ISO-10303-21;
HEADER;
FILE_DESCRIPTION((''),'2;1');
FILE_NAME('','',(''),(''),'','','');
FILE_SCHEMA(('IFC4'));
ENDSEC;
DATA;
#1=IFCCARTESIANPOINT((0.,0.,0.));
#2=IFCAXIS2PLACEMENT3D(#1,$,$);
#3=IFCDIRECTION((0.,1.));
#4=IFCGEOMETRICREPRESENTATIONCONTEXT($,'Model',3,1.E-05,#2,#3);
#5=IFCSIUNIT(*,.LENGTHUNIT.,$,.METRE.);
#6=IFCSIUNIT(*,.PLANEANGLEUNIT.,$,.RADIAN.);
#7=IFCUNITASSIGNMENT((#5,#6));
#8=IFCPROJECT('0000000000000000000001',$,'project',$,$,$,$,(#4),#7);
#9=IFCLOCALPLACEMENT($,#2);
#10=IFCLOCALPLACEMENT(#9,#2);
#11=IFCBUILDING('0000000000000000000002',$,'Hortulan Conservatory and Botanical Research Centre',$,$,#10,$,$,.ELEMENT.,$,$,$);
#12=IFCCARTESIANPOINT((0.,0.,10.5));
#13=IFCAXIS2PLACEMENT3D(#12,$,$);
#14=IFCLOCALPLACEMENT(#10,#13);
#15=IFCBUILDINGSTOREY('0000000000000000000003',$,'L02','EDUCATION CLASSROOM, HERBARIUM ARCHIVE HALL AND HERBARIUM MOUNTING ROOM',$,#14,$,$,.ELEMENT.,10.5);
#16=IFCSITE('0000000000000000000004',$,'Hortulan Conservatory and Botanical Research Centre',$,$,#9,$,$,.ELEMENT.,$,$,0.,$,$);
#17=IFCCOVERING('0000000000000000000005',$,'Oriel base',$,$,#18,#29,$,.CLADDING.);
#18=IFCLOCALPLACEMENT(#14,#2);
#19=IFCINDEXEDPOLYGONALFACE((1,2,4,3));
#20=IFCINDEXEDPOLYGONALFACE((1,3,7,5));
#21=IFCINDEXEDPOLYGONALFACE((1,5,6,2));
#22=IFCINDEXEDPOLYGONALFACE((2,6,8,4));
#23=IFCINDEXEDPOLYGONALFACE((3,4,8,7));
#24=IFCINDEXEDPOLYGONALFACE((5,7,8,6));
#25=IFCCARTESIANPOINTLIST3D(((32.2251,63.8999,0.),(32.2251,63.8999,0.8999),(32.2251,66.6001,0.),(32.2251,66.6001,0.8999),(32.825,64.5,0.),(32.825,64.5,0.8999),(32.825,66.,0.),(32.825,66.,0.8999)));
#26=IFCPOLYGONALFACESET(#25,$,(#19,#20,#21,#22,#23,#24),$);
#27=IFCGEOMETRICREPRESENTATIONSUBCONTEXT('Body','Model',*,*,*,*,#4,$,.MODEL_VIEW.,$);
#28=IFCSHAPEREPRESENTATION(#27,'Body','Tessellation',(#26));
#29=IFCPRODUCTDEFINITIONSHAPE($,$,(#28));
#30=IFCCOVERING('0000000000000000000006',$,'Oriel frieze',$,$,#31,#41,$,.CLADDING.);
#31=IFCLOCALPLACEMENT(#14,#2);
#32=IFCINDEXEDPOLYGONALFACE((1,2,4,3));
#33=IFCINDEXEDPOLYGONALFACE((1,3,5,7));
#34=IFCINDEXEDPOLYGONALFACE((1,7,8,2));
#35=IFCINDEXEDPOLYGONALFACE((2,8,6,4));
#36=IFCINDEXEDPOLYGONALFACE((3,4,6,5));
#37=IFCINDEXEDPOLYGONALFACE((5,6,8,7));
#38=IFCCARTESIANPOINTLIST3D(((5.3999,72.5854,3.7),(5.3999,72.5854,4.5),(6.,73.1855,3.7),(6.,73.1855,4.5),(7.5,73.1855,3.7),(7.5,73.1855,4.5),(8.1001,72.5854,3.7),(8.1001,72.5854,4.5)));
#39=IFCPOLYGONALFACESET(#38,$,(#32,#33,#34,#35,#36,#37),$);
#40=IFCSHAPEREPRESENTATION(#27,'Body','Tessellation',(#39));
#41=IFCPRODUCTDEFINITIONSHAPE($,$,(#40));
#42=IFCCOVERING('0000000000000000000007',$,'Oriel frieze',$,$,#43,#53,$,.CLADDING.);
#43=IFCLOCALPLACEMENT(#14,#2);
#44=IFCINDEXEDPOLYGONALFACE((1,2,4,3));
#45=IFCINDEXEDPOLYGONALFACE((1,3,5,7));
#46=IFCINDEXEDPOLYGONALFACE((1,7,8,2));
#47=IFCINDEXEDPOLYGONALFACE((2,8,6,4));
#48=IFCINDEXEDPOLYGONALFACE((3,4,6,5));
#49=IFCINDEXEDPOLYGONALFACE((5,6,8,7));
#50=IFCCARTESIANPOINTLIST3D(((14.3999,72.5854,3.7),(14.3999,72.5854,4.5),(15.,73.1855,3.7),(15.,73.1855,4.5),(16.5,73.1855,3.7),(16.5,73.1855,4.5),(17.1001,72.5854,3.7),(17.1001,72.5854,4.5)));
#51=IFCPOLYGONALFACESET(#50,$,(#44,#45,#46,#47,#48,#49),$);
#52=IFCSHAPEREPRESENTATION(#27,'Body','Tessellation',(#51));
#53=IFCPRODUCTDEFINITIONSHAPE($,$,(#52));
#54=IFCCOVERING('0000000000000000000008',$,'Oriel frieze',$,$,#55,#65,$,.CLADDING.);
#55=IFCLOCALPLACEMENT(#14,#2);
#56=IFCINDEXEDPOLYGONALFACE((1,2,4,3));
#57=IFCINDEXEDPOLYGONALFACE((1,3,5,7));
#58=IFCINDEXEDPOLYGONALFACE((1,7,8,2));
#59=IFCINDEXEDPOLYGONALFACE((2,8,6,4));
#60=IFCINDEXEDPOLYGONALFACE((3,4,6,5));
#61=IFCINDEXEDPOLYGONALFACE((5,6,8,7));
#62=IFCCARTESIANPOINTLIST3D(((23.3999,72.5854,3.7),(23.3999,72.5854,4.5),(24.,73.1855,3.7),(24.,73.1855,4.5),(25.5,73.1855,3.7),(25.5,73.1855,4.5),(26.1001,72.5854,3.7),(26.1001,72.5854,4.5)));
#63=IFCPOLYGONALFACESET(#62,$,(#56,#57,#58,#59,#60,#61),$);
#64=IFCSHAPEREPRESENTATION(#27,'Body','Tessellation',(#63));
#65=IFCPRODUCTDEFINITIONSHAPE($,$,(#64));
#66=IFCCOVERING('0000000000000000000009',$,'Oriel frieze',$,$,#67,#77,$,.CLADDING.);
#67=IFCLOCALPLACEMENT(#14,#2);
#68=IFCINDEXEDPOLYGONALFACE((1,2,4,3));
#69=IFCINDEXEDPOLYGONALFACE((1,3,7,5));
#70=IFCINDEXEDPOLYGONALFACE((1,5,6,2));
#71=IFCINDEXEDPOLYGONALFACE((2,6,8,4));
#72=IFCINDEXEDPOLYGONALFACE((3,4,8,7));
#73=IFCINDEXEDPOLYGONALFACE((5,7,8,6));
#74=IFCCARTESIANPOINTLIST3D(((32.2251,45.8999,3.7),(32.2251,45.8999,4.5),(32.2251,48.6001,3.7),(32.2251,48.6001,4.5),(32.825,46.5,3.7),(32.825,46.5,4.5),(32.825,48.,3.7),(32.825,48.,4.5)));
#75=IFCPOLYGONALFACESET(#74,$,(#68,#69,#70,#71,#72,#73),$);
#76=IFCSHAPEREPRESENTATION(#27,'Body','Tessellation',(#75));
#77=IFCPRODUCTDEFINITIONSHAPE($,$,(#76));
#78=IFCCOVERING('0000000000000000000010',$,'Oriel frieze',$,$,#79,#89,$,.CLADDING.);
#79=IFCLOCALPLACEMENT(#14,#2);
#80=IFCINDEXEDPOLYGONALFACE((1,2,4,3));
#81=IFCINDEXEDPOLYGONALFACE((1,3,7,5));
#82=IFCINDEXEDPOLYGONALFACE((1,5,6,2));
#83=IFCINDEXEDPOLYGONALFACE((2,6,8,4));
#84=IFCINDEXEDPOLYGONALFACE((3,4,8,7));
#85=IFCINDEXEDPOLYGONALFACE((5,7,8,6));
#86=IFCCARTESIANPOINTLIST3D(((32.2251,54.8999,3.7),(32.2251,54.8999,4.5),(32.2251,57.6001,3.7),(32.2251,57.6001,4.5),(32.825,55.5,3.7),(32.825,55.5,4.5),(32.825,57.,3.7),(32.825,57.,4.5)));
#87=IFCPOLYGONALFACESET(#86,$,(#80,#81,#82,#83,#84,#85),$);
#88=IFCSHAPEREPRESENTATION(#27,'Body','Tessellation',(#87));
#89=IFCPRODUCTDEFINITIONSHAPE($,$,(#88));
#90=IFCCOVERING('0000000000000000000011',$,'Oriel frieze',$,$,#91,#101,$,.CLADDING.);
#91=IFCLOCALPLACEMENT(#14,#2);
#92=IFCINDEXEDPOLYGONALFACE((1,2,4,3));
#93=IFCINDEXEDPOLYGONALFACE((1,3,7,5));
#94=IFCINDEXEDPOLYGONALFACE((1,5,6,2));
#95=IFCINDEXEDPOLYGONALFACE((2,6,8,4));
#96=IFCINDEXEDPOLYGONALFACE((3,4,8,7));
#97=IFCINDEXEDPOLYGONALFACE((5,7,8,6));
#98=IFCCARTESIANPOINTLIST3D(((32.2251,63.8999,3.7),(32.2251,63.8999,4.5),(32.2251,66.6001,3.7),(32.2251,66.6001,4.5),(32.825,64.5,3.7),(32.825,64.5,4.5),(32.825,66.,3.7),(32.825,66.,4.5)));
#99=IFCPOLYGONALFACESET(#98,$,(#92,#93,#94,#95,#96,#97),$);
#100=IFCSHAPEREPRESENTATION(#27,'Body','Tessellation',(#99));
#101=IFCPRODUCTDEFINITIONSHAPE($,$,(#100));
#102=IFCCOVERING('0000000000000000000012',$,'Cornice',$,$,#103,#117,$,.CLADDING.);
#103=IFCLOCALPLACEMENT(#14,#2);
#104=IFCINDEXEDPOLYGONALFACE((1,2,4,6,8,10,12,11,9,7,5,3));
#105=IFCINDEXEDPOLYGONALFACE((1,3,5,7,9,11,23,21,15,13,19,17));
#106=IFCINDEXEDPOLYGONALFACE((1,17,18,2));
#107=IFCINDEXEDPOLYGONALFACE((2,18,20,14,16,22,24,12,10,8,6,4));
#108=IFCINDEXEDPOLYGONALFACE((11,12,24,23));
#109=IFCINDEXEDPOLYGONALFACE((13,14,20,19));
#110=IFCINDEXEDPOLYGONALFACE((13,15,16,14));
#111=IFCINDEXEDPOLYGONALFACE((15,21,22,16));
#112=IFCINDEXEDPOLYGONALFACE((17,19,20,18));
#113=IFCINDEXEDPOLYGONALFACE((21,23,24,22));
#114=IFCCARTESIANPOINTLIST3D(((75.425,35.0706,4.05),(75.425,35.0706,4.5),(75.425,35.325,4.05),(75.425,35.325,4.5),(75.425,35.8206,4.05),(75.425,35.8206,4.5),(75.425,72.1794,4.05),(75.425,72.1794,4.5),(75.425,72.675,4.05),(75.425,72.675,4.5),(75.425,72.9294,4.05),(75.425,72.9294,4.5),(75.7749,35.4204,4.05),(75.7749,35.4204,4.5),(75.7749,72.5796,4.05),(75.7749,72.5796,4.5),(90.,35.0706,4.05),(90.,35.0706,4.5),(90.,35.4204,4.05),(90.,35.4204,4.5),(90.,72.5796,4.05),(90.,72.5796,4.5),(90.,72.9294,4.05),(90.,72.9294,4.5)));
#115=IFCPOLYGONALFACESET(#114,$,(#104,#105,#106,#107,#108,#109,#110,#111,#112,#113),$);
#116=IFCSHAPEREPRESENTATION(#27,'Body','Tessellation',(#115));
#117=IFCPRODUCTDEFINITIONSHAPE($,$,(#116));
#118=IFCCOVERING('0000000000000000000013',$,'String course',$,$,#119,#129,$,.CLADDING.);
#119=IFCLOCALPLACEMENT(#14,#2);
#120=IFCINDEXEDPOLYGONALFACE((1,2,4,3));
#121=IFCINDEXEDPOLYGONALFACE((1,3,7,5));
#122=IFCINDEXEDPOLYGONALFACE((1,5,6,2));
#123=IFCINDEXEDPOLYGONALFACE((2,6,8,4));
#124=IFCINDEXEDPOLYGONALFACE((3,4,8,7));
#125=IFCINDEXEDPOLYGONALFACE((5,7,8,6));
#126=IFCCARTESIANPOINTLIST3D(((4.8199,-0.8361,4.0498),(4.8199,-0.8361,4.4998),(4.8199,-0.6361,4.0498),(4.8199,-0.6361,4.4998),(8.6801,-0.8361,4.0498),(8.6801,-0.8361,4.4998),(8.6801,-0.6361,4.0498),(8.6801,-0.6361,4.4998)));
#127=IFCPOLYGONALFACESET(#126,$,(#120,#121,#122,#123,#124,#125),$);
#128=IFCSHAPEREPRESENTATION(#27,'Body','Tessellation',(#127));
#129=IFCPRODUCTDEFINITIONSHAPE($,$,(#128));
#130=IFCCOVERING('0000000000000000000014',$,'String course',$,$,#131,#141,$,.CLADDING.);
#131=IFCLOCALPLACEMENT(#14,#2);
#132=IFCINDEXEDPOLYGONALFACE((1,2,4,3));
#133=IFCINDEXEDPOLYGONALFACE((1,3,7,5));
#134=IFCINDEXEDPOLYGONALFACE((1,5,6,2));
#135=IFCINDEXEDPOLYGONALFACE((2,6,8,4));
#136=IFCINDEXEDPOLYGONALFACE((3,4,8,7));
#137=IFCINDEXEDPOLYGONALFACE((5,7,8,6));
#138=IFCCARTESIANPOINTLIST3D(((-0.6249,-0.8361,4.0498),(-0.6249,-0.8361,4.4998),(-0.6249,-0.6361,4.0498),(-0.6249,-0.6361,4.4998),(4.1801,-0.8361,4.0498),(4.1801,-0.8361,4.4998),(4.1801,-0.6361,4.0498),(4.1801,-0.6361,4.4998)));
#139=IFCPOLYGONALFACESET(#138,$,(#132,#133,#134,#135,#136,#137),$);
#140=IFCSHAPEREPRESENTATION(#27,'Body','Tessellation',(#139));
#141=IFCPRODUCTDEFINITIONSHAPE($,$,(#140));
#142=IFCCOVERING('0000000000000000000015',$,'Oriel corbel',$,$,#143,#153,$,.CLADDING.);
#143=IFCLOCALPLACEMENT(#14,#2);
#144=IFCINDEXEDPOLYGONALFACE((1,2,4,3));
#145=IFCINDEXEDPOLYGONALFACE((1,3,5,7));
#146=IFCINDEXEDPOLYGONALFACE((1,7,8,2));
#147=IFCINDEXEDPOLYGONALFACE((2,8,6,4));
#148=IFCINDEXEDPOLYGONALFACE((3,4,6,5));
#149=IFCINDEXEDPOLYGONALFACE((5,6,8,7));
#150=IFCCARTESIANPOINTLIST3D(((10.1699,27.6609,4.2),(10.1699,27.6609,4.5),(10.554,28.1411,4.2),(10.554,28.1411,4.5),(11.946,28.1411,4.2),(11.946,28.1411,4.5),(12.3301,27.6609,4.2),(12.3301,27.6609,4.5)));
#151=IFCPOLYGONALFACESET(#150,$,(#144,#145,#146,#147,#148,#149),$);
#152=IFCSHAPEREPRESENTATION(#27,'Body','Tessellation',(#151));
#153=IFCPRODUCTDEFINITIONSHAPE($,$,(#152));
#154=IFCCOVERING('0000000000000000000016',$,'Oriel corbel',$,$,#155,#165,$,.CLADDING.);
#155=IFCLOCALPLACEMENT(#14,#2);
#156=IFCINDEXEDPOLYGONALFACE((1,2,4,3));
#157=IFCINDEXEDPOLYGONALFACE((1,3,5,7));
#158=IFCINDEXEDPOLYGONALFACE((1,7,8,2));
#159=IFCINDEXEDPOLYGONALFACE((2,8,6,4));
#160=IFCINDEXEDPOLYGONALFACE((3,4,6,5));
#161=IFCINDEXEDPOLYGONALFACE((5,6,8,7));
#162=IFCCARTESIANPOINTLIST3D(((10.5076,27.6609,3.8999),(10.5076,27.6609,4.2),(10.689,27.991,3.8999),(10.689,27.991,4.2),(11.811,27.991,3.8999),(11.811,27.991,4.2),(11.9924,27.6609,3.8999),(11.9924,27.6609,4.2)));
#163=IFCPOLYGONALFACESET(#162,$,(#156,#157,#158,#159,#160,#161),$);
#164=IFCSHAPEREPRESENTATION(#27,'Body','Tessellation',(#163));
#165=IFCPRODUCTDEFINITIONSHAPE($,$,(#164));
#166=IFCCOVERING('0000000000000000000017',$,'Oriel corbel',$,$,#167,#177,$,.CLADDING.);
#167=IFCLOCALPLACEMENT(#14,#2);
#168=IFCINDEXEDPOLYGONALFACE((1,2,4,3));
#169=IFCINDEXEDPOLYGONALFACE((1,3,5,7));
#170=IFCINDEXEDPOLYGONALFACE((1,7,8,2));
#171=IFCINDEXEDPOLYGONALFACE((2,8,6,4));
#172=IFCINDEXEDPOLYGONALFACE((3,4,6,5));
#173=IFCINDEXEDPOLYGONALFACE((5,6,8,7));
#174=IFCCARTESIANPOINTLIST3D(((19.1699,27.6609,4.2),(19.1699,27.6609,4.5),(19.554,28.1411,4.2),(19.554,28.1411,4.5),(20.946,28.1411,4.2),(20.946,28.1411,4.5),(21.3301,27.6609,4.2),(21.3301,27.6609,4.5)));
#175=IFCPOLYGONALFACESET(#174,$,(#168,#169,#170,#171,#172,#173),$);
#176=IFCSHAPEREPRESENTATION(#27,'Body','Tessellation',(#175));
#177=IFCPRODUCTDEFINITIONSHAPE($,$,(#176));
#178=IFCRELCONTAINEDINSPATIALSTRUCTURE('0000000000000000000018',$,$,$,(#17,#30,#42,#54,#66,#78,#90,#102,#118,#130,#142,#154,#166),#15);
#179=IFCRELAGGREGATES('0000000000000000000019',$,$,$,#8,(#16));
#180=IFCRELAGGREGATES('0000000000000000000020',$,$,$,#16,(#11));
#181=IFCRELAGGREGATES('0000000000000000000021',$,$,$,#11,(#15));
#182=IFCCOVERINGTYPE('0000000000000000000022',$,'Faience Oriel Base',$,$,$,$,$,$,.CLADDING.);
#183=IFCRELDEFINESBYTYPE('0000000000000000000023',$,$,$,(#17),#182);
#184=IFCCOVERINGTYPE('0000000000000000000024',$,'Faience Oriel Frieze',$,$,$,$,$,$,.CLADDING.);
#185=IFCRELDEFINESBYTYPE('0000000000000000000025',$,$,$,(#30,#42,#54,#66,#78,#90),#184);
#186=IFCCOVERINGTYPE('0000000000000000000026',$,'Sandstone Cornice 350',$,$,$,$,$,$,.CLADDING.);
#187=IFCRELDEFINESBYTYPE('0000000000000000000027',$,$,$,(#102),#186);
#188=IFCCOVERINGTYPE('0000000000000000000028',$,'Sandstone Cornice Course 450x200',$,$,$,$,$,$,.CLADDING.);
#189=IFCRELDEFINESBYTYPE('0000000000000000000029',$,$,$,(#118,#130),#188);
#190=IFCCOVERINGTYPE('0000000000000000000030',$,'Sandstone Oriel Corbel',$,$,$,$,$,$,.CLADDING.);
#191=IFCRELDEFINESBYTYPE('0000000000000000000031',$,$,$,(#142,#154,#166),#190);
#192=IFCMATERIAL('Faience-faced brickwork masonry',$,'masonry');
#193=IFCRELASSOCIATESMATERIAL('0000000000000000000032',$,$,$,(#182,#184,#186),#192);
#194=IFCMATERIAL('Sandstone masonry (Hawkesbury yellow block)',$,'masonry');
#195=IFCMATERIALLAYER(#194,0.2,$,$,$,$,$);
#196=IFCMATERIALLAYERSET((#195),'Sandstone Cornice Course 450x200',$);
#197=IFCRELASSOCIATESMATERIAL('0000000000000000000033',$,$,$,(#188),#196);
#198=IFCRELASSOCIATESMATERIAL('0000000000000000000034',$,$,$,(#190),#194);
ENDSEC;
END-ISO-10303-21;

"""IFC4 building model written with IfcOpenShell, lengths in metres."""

from ifc_helpers import new_model, si_unit, direction, frame, origin, origin_2d, place, context, subcontext, project, spatial, polyline, rectangle, outline, extrude, material, layer, layer_set, type_object, element, save


model = new_model("IFC4")

# Units and contexts
model_context = context("Model", 3, precision=1e-05, world=origin(), true_north=direction((0.0, 1.0)))
body_context = subcontext(model_context, "Body", "Model", "MODEL_VIEW")
ifc_project = project(units=[si_unit("LENGTHUNIT", "METRE"), si_unit("PLANEANGLEUNIT", "RADIAN")], contexts=[model_context])

# Site, building, storey
site_placement = place(None, origin())
site = spatial("IfcSite", under=ifc_project, at=site_placement, Name="Hortulan Conservatory and Botanical Research Centre", CompositionType="ELEMENT", RefElevation=0.0)
building_placement = place(site_placement, origin())
building = spatial("IfcBuilding", under=site, at=building_placement, Name="Hortulan Conservatory and Botanical Research Centre", CompositionType="ELEMENT")
storey_placement = place(building_placement, frame((0.0, 0.0, 10.5)))
storey = spatial("IfcBuildingStorey", under=building, at=storey_placement, Name="L02", Description="EDUCATION CLASSROOM, HERBARIUM ARCHIVE HALL AND HERBARIUM MOUNTING ROOM", CompositionType="ELEMENT", Elevation=10.5)

# Shared definitions
ifc_material_1 = material(Name="Sandstone masonry (Hawkesbury yellow block)", Category="masonry")

# Coverings
ifc_material_2 = material(Name="Faience-faced brickwork masonry", Category="masonry")
covering_type_1 = type_object("IfcCoveringType", Name="Faience Oriel Base", PredefinedType="CLADDING", material=ifc_material_2)
covering_1_placement = place(storey_placement, origin())
element("IfcCovering", 1, at=covering_1_placement, inside=storey, type_object=covering_type_1, Name="Oriel base", PredefinedType="CLADDING", context=body_context, shape_type="SweptSolid", body=[
    extrude(outline(polyline([(32.2251, 66.6001), (32.825, 66.0), (32.825, 64.5), (32.2251, 63.8999), (32.2251, 66.6001)])), origin(), (0.0, 0.0, 1.0), 0.8999),
])
covering_type_2 = type_object("IfcCoveringType", Name="Faience Oriel Frieze", PredefinedType="CLADDING", material=ifc_material_2)
covering_2_placement = place(storey_placement, frame((0.0, 0.0, 3.7)))
element("IfcCovering", 2, at=covering_2_placement, inside=storey, type_object=covering_type_2, Name="Oriel frieze", PredefinedType="CLADDING", context=body_context, shape_type="SweptSolid", body=[
    extrude(outline(polyline([(5.3999, 72.5854), (6.0, 73.1855), (7.5, 73.1855), (8.1001, 72.5854), (5.3999, 72.5854)])), origin(), (0.0, 0.0, 1.0), 0.8),
])
covering_3_placement = place(storey_placement, frame((0.0, 0.0, 3.7)))
element("IfcCovering", 3, at=covering_3_placement, inside=storey, type_object=covering_type_2, Name="Oriel frieze", PredefinedType="CLADDING", context=body_context, shape_type="SweptSolid", body=[
    extrude(outline(polyline([(14.3999, 72.5854), (15.0, 73.1855), (16.5, 73.1855), (17.1001, 72.5854), (14.3999, 72.5854)])), origin(), (0.0, 0.0, 1.0), 0.8),
])
covering_4_placement = place(storey_placement, frame((0.0, 0.0, 3.7)))
element("IfcCovering", 4, at=covering_4_placement, inside=storey, type_object=covering_type_2, Name="Oriel frieze", PredefinedType="CLADDING", context=body_context, shape_type="SweptSolid", body=[
    extrude(outline(polyline([(23.3999, 72.5854), (24.0, 73.1855), (25.5, 73.1855), (26.1001, 72.5854), (23.3999, 72.5854)])), origin(), (0.0, 0.0, 1.0), 0.8),
])
covering_5_placement = place(storey_placement, frame((0.0, 0.0, 3.7)))
element("IfcCovering", 5, at=covering_5_placement, inside=storey, type_object=covering_type_2, Name="Oriel frieze", PredefinedType="CLADDING", context=body_context, shape_type="SweptSolid", body=[
    extrude(outline(polyline([(32.2251, 48.6001), (32.825, 48.0), (32.825, 46.5), (32.2251, 45.8999), (32.2251, 48.6001)])), origin(), (0.0, 0.0, 1.0), 0.8),
])
covering_6_placement = place(storey_placement, frame((0.0, 0.0, 3.7)))
element("IfcCovering", 6, at=covering_6_placement, inside=storey, type_object=covering_type_2, Name="Oriel frieze", PredefinedType="CLADDING", context=body_context, shape_type="SweptSolid", body=[
    extrude(outline(polyline([(32.2251, 57.6001), (32.825, 57.0), (32.825, 55.5), (32.2251, 54.8999), (32.2251, 57.6001)])), origin(), (0.0, 0.0, 1.0), 0.8),
])
covering_7_placement = place(storey_placement, frame((0.0, 0.0, 3.7)))
element("IfcCovering", 7, at=covering_7_placement, inside=storey, type_object=covering_type_2, Name="Oriel frieze", PredefinedType="CLADDING", context=body_context, shape_type="SweptSolid", body=[
    extrude(outline(polyline([(32.2251, 66.6001), (32.825, 66.0), (32.825, 64.5), (32.2251, 63.8999), (32.2251, 66.6001)])), origin(), (0.0, 0.0, 1.0), 0.8),
])
covering_type_3 = type_object("IfcCoveringType", Name="Sandstone Cornice 350", PredefinedType="CLADDING", material=ifc_material_2)
covering_8_placement = place(storey_placement, frame((0.0, 0.0, 4.05)))
element("IfcCovering", 8, at=covering_8_placement, inside=storey, type_object=covering_type_3, Name="Cornice", PredefinedType="CLADDING", context=body_context, shape_type="SweptSolid", body=[
    extrude(outline(polyline([(90.0, 35.0706), (75.425, 35.0706), (75.425, 35.325), (75.425, 35.8206), (75.425, 72.1794), (75.425, 72.675), (75.425, 72.9294), (90.0, 72.9294), (90.0, 72.5796), (75.7749, 72.5796), (75.7749, 72.5796), (75.7749, 72.5796), (75.7749, 72.5796), (75.7749, 72.5796), (75.7749, 72.5796), (75.7749, 72.5796), (75.7749, 72.5796), (75.7749, 72.5796), (75.7749, 72.5796), (75.7749, 72.5796), (75.7749, 72.5796), (75.7749, 72.5796), (75.7749, 72.5796), (75.7749, 72.5796), (75.7749, 72.5796), (75.7749, 72.5796), (75.7749, 35.4204), (75.7749, 35.4204), (75.7749, 35.4204), (75.7749, 35.4204), (75.7749, 35.4204), (75.7749, 35.4204), (75.7749, 35.4204), (75.7749, 35.4204), (75.7749, 35.4204), (75.7749, 35.4204), (75.7749, 35.4204), (75.7749, 35.4204), (75.7749, 35.4204), (75.7749, 35.4204), (75.7749, 35.4204), (75.7749, 35.4204), (75.7749, 35.4204), (90.0, 35.4204), (90.0, 35.0706)])), origin(), (0.0, 0.0, 1.0), 0.45),
])
ifc_layer_1 = layer(ifc_material_1, 0.2)
ifc_layer_set_1 = layer_set([ifc_layer_1], Name="Sandstone Cornice Course 450x200")
covering_type_4 = type_object("IfcCoveringType", Name="Sandstone Cornice Course 450x200", PredefinedType="CLADDING", material=ifc_layer_set_1)
covering_9_placement = place(storey_placement, frame((6.75, -0.7361, 4.0498), z_axis=(0.0, 0.0, 1.0), x_axis=(-1.0, 0.0, 0.0)))
element("IfcCovering", 9, at=covering_9_placement, inside=storey, type_object=covering_type_4, Name="String course", PredefinedType="CLADDING", context=body_context, shape_type="SweptSolid", body=[
    extrude(rectangle(XDim=3.8601, YDim=0.2, at=origin_2d()), origin(), (0.0, 0.0, 1.0), 0.45),
])
covering_10_placement = place(storey_placement, frame((1.7776, -0.7361, 4.0498), z_axis=(0.0, 0.0, 1.0), x_axis=(-1.0, 0.0, 0.0)))
element("IfcCovering", 10, at=covering_10_placement, inside=storey, type_object=covering_type_4, Name="String course", PredefinedType="CLADDING", context=body_context, shape_type="SweptSolid", body=[
    extrude(rectangle(XDim=4.8049, YDim=0.2, at=origin_2d()), origin(), (0.0, 0.0, 1.0), 0.45),
])
covering_type_5 = type_object("IfcCoveringType", Name="Sandstone Oriel Corbel", PredefinedType="CLADDING", material=ifc_material_1)
covering_11_placement = place(storey_placement, frame((0.0, 0.0, 4.2)))
element("IfcCovering", 11, at=covering_11_placement, inside=storey, type_object=covering_type_5, Name="Oriel corbel", PredefinedType="CLADDING", context=body_context, shape_type="SweptSolid", body=[
    extrude(outline(polyline([(10.1699, 27.6609), (10.554, 28.1411), (11.946, 28.1411), (12.3301, 27.6609), (10.1699, 27.6609)])), origin(), (0.0, 0.0, 1.0), 0.3),
])
covering_12_placement = place(storey_placement, frame((0.0, 0.0, 3.8999)))
element("IfcCovering", 12, at=covering_12_placement, inside=storey, type_object=covering_type_5, Name="Oriel corbel", PredefinedType="CLADDING", context=body_context, shape_type="SweptSolid", body=[
    extrude(outline(polyline([(10.5076, 27.6609), (10.689, 27.991), (11.811, 27.991), (11.9924, 27.6609), (10.5076, 27.6609)])), origin(), (0.0, 0.0, 1.0), 0.3),
])
covering_13_placement = place(storey_placement, frame((0.0, 0.0, 4.2)))
element("IfcCovering", 13, at=covering_13_placement, inside=storey, type_object=covering_type_5, Name="Oriel corbel", PredefinedType="CLADDING", context=body_context, shape_type="SweptSolid", body=[
    extrude(outline(polyline([(19.1699, 27.6609), (19.554, 28.1411), (20.946, 28.1411), (21.3301, 27.6609), (19.1699, 27.6609)])), origin(), (0.0, 0.0, 1.0), 0.3),
])

save(model, "model.ifc")
